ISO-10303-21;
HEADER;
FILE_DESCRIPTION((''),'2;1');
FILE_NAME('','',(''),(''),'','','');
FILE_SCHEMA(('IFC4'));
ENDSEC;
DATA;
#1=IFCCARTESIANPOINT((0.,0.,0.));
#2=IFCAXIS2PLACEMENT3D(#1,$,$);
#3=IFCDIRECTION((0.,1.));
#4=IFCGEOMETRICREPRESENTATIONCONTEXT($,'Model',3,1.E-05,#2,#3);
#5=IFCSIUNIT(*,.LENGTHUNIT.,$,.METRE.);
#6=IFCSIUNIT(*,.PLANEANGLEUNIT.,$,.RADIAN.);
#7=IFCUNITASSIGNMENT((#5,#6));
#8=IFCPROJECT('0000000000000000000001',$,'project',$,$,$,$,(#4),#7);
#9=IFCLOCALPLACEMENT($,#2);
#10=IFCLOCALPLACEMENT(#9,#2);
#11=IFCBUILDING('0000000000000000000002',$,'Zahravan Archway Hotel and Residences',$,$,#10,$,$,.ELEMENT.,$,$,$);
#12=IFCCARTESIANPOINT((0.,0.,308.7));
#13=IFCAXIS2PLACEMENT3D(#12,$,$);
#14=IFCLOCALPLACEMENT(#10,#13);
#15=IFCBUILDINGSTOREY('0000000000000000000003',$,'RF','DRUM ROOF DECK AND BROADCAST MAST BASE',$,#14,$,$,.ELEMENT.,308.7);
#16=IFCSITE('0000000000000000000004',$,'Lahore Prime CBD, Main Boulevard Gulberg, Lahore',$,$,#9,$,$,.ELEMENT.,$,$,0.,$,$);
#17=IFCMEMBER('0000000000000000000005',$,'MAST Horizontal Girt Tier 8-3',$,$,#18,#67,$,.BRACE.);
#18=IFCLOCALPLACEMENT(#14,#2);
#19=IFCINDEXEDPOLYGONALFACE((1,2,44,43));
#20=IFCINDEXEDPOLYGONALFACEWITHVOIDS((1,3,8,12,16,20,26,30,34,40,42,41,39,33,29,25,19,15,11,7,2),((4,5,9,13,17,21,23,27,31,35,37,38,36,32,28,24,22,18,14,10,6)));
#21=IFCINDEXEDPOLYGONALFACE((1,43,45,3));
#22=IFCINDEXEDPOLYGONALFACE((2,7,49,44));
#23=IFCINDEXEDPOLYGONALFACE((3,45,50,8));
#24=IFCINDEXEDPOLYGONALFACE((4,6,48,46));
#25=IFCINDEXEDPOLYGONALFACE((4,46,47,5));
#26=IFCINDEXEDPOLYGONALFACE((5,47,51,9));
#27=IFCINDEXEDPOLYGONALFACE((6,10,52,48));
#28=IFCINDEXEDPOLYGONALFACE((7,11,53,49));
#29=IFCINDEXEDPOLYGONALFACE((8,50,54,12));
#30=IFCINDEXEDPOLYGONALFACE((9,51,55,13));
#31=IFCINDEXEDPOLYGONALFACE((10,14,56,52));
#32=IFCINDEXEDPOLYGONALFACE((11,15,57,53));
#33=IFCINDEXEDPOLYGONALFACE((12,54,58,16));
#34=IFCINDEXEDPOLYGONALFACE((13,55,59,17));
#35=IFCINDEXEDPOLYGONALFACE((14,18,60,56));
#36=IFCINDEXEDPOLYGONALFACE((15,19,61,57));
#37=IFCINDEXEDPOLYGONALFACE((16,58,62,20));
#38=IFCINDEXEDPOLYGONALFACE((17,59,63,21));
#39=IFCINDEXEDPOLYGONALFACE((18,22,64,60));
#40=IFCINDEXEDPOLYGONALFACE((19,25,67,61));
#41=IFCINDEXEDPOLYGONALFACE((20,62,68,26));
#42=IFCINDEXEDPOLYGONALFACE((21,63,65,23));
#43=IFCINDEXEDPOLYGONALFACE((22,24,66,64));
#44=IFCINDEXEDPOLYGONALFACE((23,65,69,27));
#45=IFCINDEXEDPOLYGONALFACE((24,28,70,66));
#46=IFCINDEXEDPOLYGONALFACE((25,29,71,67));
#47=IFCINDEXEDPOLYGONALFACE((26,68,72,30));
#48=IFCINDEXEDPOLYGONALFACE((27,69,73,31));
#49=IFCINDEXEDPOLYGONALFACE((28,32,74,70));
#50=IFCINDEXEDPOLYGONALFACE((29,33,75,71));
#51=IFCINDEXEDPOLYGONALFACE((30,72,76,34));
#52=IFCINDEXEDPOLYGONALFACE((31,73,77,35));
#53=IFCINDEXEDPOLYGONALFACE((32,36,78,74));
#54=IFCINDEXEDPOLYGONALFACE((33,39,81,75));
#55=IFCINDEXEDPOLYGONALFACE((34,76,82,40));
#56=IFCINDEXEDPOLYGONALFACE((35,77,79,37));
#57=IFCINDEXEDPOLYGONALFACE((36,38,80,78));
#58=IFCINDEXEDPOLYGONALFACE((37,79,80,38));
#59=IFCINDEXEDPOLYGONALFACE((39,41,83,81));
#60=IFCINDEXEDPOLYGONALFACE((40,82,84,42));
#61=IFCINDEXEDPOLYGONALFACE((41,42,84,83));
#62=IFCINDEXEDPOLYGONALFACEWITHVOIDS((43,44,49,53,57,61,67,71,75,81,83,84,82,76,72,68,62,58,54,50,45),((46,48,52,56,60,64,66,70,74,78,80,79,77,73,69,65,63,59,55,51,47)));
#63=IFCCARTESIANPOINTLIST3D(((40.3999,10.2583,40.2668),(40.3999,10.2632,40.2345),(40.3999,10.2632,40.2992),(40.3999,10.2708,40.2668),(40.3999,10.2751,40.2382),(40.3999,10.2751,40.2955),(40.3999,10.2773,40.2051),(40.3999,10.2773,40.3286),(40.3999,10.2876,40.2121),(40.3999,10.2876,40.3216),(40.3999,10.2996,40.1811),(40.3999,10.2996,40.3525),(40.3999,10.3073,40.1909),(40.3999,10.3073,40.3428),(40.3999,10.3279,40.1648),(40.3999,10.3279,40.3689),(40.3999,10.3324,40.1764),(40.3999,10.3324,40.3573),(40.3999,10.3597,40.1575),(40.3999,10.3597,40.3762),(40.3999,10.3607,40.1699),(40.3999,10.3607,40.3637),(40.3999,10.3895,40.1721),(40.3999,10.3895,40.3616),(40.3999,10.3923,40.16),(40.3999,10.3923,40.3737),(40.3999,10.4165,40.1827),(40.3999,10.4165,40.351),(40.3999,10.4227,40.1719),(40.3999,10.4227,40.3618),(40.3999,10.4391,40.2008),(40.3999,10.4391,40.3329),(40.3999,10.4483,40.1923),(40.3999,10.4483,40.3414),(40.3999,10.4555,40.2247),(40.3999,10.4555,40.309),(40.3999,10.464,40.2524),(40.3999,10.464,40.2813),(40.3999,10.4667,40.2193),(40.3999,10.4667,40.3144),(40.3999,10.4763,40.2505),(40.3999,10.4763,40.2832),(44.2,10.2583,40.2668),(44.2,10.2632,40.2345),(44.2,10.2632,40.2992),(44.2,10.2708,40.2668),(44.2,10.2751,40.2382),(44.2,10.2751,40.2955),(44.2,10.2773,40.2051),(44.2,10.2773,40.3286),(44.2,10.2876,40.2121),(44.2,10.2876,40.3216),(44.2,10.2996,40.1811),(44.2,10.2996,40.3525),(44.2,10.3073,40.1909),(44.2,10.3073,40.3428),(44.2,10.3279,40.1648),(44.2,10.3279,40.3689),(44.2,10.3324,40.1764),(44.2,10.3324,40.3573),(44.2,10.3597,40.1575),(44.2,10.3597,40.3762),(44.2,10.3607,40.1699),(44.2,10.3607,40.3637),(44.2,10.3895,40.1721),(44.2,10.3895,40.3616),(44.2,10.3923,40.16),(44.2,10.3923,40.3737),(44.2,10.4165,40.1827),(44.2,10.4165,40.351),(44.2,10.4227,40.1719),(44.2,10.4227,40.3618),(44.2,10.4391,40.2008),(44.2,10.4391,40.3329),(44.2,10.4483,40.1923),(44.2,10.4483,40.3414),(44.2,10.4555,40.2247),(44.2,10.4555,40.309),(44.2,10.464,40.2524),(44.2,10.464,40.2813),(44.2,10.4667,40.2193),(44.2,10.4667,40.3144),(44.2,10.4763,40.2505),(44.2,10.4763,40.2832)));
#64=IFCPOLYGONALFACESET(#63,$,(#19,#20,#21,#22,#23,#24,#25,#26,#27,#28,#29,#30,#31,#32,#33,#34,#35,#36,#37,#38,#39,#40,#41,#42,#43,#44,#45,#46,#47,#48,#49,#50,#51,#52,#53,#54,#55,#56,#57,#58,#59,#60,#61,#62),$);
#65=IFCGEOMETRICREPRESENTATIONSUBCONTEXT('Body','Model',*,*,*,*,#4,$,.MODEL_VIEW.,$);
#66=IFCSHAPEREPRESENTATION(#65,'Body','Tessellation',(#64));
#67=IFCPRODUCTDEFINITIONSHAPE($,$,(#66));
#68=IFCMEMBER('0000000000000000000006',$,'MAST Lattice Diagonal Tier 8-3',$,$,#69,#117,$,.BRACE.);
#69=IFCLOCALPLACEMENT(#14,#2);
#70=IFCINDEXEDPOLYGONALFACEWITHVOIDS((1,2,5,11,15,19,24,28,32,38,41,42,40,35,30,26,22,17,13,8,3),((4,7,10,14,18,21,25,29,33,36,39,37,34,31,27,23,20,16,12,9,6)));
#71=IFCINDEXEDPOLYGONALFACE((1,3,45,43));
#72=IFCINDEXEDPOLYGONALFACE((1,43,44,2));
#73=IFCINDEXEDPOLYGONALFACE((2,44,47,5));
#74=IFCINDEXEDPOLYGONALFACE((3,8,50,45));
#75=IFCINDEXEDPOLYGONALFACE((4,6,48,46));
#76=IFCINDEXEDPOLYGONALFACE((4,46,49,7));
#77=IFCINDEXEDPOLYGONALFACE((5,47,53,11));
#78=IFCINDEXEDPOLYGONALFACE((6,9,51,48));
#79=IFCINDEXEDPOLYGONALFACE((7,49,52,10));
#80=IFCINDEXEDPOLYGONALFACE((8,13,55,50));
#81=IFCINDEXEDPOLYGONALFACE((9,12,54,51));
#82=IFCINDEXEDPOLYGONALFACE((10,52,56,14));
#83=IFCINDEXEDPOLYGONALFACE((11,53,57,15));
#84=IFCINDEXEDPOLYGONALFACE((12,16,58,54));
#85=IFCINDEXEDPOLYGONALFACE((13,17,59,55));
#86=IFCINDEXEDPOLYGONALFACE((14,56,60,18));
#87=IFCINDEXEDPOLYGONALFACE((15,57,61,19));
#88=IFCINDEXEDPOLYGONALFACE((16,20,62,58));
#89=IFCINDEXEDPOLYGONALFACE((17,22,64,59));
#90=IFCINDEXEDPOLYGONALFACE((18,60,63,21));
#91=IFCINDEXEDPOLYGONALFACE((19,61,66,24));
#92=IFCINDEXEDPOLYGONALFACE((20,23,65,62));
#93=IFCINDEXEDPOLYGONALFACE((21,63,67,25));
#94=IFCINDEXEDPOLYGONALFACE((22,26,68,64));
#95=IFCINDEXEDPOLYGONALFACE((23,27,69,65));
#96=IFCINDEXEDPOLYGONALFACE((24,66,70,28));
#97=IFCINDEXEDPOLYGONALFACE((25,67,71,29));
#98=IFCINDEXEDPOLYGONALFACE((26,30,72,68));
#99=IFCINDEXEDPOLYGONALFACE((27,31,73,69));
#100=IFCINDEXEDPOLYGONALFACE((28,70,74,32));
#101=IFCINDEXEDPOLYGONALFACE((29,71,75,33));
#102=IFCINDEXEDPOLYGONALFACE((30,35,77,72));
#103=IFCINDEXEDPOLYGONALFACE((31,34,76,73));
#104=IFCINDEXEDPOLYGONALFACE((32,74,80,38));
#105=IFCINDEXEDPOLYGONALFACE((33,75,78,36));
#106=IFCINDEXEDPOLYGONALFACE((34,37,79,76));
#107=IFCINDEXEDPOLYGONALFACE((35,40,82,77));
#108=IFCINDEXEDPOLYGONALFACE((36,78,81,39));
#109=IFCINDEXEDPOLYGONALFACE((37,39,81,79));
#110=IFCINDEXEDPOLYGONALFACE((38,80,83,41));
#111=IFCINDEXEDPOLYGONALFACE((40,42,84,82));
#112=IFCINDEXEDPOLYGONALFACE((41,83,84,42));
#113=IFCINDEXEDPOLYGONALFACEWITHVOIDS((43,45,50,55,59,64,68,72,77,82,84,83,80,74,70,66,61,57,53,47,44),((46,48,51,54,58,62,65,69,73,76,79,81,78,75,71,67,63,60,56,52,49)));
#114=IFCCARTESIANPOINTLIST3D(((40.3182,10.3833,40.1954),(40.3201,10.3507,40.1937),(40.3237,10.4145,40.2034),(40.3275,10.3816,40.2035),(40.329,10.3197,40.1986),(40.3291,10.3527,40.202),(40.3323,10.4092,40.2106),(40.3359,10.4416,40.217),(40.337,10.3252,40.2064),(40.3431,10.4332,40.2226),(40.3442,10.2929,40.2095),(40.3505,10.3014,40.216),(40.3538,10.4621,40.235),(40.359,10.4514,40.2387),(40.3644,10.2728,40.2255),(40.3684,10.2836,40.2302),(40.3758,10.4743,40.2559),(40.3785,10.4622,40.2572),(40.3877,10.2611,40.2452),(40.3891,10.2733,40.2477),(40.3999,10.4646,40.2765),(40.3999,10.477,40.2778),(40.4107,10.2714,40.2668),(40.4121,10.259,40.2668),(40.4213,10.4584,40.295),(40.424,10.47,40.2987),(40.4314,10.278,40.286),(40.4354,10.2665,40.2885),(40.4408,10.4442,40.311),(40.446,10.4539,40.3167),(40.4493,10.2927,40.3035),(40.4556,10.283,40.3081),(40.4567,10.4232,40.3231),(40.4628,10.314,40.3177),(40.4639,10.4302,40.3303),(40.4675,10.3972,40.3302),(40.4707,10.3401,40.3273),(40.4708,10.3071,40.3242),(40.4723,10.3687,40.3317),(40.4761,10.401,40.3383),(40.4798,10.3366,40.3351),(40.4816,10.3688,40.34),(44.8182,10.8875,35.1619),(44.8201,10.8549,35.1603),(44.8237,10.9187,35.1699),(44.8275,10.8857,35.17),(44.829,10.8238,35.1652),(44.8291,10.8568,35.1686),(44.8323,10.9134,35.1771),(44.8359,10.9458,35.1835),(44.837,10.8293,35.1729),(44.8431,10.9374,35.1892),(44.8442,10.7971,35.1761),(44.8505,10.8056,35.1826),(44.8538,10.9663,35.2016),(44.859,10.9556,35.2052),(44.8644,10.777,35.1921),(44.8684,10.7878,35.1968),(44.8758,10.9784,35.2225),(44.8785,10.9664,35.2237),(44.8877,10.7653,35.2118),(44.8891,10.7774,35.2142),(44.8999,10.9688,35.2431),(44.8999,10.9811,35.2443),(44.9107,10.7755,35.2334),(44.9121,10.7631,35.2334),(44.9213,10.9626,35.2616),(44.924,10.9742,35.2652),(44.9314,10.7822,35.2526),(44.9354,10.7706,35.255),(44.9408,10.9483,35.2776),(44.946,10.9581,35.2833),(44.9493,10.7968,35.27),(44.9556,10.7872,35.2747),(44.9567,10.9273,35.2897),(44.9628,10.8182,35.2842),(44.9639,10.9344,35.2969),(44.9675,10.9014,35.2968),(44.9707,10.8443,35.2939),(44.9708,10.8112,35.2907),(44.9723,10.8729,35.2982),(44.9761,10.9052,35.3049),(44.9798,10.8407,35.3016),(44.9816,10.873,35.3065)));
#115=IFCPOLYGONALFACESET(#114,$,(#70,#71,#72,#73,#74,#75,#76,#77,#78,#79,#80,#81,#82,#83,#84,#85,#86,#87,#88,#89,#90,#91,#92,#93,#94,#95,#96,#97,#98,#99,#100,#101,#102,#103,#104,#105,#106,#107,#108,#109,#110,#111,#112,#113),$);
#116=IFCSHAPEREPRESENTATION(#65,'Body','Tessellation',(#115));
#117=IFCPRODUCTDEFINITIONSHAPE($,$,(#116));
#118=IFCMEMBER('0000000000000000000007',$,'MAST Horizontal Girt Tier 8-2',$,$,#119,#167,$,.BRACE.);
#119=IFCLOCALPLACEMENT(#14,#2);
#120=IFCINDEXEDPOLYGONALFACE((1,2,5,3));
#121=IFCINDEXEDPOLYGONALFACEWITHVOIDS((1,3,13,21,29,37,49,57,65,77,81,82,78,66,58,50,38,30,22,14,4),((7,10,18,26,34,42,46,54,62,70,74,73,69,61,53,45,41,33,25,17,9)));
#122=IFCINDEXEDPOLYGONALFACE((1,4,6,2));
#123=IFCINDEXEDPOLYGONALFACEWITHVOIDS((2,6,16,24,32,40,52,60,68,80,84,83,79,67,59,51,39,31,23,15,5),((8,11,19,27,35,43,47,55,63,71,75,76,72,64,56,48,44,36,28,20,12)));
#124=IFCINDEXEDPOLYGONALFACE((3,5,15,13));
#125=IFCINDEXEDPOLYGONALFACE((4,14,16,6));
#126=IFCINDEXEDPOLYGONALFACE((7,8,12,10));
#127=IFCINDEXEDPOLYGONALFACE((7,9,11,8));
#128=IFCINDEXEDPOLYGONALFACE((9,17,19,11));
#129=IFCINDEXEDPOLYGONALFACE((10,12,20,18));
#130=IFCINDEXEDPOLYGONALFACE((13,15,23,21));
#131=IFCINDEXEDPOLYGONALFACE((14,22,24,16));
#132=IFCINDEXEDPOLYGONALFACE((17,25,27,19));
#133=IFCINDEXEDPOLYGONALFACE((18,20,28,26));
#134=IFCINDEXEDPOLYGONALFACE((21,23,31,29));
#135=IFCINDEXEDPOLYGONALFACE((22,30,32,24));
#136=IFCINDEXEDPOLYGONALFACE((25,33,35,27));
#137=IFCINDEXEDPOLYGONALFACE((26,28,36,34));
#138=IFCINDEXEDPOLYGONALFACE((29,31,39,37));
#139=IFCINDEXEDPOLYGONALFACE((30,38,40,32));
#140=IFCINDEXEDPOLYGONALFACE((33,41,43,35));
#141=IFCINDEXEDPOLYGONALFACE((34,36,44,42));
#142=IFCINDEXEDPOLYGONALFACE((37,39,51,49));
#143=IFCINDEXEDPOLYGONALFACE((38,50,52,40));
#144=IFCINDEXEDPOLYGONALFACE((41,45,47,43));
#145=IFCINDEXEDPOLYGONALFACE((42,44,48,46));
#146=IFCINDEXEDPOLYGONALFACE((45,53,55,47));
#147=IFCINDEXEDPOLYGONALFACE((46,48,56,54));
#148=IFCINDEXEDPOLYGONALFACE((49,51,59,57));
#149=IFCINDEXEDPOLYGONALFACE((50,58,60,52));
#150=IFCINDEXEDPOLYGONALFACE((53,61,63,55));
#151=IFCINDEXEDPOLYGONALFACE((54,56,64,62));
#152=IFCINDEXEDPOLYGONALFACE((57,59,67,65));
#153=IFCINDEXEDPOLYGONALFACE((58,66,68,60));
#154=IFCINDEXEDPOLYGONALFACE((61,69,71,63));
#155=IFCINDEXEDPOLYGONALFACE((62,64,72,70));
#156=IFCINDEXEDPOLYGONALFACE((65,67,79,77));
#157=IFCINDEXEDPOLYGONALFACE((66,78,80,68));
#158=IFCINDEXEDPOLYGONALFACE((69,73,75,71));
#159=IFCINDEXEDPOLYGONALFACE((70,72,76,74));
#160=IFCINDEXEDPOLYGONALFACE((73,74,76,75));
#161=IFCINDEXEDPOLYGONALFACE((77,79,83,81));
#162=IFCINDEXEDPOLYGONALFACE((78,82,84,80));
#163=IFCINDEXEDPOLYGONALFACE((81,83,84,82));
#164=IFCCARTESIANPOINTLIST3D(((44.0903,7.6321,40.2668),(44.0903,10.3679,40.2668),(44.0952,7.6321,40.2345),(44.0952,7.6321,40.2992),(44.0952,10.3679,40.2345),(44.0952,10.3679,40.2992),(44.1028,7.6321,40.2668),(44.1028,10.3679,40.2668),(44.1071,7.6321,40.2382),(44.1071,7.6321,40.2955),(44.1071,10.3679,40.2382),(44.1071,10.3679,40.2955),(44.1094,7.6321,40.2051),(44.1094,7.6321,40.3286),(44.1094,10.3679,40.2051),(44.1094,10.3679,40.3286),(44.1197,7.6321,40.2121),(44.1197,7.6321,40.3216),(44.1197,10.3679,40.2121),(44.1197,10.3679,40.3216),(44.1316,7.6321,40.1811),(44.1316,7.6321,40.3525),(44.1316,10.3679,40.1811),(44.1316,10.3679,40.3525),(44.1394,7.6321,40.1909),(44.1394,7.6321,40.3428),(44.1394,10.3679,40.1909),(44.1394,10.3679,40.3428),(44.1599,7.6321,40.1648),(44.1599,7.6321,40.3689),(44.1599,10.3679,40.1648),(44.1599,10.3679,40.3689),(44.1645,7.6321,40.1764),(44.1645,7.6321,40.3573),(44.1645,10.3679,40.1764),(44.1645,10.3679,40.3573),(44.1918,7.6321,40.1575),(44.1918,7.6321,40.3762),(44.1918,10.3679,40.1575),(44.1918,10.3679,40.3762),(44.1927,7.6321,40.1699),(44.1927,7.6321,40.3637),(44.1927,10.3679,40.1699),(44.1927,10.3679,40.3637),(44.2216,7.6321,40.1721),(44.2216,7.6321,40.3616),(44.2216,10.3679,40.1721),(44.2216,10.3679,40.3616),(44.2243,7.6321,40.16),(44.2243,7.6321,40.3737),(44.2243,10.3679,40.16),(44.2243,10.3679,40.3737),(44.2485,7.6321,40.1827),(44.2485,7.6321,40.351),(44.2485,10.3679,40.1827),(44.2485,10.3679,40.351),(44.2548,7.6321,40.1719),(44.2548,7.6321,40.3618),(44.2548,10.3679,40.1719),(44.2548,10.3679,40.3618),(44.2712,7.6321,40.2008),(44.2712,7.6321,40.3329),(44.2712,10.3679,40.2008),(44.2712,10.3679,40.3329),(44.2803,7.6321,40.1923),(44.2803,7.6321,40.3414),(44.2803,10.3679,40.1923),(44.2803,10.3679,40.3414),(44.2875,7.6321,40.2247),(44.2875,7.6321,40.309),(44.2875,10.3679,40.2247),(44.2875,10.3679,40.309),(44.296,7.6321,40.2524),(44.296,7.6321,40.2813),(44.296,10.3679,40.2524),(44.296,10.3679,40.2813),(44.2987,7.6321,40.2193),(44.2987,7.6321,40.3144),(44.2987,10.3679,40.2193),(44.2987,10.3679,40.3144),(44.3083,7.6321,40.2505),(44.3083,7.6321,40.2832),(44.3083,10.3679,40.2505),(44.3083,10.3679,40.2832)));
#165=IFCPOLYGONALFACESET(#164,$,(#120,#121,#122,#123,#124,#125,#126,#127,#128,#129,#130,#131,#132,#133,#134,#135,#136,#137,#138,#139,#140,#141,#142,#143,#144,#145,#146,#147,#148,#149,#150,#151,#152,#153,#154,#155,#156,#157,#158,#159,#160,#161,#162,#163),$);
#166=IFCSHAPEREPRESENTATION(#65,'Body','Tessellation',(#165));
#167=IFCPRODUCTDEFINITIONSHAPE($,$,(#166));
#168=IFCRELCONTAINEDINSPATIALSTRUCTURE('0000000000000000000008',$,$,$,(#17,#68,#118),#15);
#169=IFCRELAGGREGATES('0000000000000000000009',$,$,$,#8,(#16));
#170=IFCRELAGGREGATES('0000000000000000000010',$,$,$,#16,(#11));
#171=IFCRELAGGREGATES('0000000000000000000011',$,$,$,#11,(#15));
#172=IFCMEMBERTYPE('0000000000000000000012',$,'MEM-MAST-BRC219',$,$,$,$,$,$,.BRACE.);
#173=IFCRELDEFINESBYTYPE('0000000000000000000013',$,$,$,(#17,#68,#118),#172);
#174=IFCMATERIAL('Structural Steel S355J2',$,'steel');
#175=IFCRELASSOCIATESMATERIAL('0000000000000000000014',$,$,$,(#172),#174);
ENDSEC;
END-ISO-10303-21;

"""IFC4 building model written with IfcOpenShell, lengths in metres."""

from ifc_helpers import new_model, si_unit, direction, frame, origin, origin_2d, place, context, subcontext, project, spatial, hollow_circle, extrude, source, transform, mapped, material, material_profile, profile_set, type_object, element, save


model = new_model("IFC4")

# Units and contexts
model_context = context("Model", 3, precision=1e-05, world=origin(), true_north=direction((0.0, 1.0)))
body_context = subcontext(model_context, "Body", "Model", "MODEL_VIEW")
ifc_project = project(units=[si_unit("LENGTHUNIT", "METRE"), si_unit("PLANEANGLEUNIT", "RADIAN")], contexts=[model_context])

# Site, building, storey
site_placement = place(None, origin())
site = spatial("IfcSite", under=ifc_project, at=site_placement, Name="Lahore Prime CBD, Main Boulevard Gulberg, Lahore", CompositionType="ELEMENT", RefElevation=0.0)
building_placement = place(site_placement, origin())
building = spatial("IfcBuilding", under=site, at=building_placement, Name="Zahravan Archway Hotel and Residences", CompositionType="ELEMENT")
storey_placement = place(building_placement, frame((0.0, 0.0, 308.7)))
storey = spatial("IfcBuildingStorey", under=building, at=storey_placement, Name="RF", Description="DRUM ROOF DECK AND BROADCAST MAST BASE", CompositionType="ELEMENT", Elevation=308.7)

# Members
ifc_material_1 = material(Name="Structural Steel S355J2", Category="steel")
ifc_material_profile_1 = material_profile(ifc_material_1, hollow_circle(Radius=0.1096, WallThickness=0.0125, at=origin_2d()), Name="CHS 219.1x12.5", Category="steel")
ifc_profile_set_1 = profile_set([ifc_material_profile_1], Name="Structural Steel S355J2")
member_type_1 = type_object("IfcMemberType", Name="MEM-MAST-BRC219", PredefinedType="BRACE", material=ifc_profile_set_1)
shared_shape_1 = source(origin(), body_context, "Body", "SweptSolid", [
    extrude(hollow_circle(Radius=0.1096, WallThickness=0.0125, at=origin_2d()), origin(), (0.0, 0.0, 1.0), 3.8),
])
member_1_placement = place(storey_placement, frame((44.2, 10.3679, 40.2668), z_axis=(-1.0, 0.0, 0.0), x_axis=(0.0, -1.0, 0.0)))
element("IfcMember", 1, at=member_1_placement, inside=storey, type_object=member_type_1, Name="MAST Horizontal Girt Tier 8-3", PredefinedType="BRACE", context=body_context, shape_type="MappedRepresentation", body=[
    mapped(shared_shape_1, transform((0.0, 0.0, 0.0), scale=1.0)),
])
shared_shape_2 = source(origin(), body_context, "Body", "SweptSolid", [
    extrude(hollow_circle(Radius=0.1096, WallThickness=0.0125, at=origin_2d()), origin(), (0.0, 0.0, 1.0), 6.7705),
])
member_2_placement = place(storey_placement, frame((44.8999, 10.8721, 35.2334), z_axis=(-0.664647, -0.074463, 0.743437), x_axis=(0.111337, -0.993783, 0.0)))
element("IfcMember", 2, at=member_2_placement, inside=storey, type_object=member_type_1, Name="MAST Lattice Diagonal Tier 8-3", PredefinedType="BRACE", context=body_context, shape_type="MappedRepresentation", body=[
    mapped(shared_shape_2, transform((0.0, 0.0, 0.0), scale=1.0)),
])
shared_shape_3 = source(origin(), body_context, "Body", "SweptSolid", [
    extrude(hollow_circle(Radius=0.1096, WallThickness=0.0125, at=origin_2d()), origin(), (0.0, 0.0, 1.0), 2.7358),
])
member_3_placement = place(storey_placement, frame((44.2, 7.6321, 40.2668), z_axis=(0.0, 1.0, 0.0), x_axis=(-1.0, 0.0, 0.0)))
element("IfcMember", 3, at=member_3_placement, inside=storey, type_object=member_type_1, Name="MAST Horizontal Girt Tier 8-2", PredefinedType="BRACE", context=body_context, shape_type="MappedRepresentation", body=[
    mapped(shared_shape_3, transform((0.0, 0.0, 0.0), scale=1.0)),
])

save(model, "model.ifc")
